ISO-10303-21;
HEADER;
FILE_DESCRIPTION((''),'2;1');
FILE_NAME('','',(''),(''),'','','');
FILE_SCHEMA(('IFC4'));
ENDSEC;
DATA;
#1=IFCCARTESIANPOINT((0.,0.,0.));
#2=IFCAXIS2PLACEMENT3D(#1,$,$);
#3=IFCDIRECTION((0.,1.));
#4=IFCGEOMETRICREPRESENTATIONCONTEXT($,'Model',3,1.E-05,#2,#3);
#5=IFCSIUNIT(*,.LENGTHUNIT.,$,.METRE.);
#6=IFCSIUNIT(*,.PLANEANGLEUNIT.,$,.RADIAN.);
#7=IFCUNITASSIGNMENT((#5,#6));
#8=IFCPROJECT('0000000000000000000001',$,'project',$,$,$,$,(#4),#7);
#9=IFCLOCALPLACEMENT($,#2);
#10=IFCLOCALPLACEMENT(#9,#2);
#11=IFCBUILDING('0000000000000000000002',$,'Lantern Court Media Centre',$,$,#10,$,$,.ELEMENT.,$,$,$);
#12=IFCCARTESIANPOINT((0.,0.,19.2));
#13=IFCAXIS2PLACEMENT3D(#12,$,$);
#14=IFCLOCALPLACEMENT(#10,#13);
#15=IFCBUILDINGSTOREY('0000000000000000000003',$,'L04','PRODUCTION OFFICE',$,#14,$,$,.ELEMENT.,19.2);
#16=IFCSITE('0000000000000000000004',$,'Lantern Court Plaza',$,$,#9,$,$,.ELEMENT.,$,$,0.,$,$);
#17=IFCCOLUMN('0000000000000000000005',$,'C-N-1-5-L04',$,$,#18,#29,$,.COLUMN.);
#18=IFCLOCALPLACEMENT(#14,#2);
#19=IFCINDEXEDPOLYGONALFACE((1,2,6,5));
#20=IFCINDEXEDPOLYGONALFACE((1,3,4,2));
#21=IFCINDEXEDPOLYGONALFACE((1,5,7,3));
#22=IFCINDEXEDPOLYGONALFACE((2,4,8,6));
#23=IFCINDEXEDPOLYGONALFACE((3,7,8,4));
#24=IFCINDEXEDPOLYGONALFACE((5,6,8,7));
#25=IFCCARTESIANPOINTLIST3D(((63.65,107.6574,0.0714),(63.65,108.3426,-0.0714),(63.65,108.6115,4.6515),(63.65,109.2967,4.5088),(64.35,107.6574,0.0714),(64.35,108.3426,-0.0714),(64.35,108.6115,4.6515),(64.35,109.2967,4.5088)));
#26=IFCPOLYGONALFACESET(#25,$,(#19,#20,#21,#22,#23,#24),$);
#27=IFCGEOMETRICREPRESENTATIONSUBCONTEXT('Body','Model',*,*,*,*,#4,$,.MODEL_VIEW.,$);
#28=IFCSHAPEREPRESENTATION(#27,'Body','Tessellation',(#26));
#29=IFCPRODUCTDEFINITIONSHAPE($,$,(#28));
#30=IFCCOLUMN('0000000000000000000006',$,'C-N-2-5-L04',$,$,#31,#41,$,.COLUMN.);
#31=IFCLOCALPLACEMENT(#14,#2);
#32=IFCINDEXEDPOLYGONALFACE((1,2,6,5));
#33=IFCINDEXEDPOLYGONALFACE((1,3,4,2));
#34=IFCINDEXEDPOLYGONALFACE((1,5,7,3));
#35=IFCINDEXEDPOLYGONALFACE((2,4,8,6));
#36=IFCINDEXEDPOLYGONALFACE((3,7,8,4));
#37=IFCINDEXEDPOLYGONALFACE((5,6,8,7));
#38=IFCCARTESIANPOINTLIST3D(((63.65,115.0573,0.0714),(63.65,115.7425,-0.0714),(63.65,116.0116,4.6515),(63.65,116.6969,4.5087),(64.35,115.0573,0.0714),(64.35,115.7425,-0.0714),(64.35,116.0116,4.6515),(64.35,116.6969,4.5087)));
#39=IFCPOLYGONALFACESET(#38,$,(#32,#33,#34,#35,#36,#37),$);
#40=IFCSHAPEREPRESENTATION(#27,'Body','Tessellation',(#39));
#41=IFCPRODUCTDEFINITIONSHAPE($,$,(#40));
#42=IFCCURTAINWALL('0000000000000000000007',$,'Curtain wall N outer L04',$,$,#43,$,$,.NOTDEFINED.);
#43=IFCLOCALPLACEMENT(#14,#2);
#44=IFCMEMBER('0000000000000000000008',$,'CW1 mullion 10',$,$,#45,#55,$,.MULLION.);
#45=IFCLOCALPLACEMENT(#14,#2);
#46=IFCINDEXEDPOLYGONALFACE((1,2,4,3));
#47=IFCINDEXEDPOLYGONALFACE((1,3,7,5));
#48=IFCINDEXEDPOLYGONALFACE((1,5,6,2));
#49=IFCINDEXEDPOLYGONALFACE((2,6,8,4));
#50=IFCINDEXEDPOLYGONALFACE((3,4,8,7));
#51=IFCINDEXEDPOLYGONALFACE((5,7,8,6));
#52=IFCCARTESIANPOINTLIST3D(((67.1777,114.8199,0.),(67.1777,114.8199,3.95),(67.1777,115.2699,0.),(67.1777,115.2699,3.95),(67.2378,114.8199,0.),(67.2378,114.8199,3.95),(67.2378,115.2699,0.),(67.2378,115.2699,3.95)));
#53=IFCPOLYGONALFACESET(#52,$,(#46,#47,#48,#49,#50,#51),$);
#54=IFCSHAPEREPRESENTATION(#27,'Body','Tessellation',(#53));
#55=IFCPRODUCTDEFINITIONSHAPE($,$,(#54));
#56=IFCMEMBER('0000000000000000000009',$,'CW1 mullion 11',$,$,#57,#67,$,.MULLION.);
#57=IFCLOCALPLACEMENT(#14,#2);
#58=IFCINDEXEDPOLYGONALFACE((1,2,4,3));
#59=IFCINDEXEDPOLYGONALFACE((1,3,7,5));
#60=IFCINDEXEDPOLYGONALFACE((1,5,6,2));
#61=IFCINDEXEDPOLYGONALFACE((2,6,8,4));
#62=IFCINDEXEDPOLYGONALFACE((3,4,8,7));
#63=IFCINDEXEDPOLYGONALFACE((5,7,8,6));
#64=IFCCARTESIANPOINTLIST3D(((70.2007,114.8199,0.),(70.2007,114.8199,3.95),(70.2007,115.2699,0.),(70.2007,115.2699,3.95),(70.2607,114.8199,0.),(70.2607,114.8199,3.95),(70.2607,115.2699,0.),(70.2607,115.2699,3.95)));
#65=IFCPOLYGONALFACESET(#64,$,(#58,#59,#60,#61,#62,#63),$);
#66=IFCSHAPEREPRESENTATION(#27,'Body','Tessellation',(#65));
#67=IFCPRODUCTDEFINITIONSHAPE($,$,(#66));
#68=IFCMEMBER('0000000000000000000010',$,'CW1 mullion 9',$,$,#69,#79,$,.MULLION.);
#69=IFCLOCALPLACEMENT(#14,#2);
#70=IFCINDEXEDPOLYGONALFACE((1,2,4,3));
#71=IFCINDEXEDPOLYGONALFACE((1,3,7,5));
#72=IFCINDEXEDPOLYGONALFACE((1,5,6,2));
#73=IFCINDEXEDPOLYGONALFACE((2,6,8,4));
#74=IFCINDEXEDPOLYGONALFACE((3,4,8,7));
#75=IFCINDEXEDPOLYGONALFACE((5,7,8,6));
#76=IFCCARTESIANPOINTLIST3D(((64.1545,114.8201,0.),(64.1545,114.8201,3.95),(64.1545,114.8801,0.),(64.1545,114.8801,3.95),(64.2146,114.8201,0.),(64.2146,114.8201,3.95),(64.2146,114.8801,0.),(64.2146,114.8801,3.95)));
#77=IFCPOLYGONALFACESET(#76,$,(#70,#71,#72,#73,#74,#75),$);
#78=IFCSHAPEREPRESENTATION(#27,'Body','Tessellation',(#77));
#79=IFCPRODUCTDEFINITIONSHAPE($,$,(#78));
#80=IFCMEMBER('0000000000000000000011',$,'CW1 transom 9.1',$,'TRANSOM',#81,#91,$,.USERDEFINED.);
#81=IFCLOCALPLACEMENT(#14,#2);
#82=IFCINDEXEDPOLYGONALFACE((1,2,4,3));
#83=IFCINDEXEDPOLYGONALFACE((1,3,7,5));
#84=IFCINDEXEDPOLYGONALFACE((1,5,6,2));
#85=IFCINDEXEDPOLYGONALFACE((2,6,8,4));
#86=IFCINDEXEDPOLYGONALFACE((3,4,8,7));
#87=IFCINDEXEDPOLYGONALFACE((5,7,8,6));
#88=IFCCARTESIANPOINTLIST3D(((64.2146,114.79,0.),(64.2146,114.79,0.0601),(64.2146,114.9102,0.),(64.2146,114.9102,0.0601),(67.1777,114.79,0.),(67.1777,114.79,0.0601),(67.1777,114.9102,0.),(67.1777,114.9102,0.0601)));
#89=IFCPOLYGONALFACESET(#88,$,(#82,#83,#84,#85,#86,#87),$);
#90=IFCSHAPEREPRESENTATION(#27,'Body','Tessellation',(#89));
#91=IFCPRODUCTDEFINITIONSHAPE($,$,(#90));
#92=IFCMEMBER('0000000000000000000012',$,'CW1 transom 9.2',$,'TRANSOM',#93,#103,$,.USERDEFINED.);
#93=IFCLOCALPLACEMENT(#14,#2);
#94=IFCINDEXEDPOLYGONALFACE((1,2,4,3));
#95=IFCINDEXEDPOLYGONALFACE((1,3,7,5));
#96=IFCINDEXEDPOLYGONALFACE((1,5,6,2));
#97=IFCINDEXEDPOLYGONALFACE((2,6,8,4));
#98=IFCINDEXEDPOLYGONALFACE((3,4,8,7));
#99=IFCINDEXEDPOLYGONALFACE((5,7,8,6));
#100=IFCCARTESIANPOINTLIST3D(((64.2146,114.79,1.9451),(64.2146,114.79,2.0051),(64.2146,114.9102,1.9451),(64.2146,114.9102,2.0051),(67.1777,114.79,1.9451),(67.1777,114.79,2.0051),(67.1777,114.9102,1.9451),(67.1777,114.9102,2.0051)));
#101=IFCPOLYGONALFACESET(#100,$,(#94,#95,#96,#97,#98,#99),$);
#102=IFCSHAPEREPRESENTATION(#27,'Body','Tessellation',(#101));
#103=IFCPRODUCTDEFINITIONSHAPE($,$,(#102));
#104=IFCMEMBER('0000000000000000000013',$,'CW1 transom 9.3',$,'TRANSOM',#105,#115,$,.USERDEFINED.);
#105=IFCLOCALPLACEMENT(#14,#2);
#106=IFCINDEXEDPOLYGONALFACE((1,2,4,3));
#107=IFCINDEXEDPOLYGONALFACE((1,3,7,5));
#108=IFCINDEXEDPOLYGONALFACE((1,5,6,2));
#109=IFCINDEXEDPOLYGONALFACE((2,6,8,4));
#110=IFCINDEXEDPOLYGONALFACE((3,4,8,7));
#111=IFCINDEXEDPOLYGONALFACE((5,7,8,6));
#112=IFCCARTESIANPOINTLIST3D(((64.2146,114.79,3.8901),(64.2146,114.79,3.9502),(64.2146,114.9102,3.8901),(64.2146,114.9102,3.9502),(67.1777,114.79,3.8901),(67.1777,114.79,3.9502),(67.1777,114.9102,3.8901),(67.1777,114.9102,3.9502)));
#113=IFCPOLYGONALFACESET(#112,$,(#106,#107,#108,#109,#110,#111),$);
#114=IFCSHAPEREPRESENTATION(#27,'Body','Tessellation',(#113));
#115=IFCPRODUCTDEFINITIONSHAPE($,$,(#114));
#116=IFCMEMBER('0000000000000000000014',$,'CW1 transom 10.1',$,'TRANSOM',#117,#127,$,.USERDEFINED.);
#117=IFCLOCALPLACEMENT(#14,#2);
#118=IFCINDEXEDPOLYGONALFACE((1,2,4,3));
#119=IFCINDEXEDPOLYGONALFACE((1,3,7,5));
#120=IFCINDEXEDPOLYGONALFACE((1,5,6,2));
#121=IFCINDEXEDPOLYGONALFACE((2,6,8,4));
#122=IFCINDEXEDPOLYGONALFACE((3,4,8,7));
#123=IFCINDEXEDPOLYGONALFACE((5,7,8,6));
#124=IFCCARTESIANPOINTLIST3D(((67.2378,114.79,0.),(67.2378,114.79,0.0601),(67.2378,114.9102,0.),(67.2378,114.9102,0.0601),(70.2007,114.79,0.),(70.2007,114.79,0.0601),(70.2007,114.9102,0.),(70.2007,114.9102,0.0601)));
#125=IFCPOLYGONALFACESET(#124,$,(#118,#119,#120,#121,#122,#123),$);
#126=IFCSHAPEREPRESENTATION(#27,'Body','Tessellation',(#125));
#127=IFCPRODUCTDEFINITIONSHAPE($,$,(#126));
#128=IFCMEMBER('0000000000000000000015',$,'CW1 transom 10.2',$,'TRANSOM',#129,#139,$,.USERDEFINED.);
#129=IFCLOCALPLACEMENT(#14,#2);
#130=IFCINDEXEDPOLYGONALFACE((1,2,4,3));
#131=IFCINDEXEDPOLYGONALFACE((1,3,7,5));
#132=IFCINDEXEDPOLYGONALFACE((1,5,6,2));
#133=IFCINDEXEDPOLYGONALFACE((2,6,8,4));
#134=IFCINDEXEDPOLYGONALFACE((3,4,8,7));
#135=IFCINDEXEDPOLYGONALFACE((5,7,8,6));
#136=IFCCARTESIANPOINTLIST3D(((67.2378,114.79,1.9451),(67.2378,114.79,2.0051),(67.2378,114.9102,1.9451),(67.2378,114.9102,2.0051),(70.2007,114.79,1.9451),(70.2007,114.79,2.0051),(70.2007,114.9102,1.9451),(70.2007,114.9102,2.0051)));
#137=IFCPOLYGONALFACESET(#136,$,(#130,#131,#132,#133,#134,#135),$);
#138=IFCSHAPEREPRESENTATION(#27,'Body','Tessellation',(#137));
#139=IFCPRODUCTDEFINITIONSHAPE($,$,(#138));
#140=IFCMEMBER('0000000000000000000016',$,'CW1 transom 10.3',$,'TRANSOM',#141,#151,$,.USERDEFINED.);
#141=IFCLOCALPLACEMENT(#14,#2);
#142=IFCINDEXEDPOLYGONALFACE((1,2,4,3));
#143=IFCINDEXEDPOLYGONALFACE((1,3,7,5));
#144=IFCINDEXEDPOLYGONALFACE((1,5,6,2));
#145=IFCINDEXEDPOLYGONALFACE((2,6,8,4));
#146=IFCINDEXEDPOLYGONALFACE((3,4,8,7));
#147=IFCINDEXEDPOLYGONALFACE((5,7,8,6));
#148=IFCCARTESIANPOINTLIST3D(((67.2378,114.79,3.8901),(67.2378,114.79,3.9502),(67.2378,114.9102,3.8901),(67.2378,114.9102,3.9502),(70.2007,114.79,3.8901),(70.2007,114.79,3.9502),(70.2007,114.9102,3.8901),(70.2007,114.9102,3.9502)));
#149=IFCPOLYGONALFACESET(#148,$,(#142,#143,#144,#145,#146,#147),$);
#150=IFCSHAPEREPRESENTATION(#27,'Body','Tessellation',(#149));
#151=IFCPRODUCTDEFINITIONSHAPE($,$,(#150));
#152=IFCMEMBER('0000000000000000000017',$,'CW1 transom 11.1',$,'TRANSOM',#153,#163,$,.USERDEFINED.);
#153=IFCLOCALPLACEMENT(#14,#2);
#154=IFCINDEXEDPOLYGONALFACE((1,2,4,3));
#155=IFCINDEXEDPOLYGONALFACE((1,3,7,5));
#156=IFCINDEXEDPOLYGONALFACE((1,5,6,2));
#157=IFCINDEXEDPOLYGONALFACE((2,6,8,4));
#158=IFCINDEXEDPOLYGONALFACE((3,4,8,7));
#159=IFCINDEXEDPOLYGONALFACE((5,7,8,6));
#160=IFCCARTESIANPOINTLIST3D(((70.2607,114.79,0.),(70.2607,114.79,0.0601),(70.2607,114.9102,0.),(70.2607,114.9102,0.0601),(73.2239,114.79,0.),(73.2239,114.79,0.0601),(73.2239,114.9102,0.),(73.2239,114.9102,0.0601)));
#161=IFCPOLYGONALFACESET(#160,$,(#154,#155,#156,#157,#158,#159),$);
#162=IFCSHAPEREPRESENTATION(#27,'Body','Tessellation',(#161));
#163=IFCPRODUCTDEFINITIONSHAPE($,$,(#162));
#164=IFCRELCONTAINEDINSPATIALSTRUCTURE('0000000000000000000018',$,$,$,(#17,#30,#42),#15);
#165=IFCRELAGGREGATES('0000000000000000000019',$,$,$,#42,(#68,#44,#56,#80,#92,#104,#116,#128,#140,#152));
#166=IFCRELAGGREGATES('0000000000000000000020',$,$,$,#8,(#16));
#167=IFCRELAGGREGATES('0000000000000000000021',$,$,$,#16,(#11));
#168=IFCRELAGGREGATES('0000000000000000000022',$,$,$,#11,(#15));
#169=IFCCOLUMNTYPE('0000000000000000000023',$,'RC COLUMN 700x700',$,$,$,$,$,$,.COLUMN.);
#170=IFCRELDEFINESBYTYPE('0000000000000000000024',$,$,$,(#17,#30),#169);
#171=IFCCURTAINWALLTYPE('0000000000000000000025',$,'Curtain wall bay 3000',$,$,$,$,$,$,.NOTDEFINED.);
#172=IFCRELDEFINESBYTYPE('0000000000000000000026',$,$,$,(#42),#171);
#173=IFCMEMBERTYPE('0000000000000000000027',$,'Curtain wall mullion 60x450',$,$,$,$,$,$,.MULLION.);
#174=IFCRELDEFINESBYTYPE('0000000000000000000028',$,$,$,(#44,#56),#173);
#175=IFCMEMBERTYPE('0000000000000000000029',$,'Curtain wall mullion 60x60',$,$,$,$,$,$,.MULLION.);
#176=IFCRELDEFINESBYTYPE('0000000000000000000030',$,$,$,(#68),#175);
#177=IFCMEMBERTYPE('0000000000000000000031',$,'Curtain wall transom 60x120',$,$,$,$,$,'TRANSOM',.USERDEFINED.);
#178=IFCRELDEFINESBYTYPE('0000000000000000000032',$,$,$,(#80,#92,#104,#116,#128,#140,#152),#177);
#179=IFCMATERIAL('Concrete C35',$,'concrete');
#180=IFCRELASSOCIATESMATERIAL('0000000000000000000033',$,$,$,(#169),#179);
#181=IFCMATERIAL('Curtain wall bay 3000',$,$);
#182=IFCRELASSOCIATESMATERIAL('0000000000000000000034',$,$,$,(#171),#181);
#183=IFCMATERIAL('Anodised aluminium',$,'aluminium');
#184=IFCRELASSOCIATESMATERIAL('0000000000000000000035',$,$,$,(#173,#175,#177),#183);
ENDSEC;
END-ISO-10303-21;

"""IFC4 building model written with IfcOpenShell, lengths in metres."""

from ifc_helpers import new_model, si_unit, direction, frame, origin, origin_2d, place, context, subcontext, project, spatial, rectangle, extrude, material, material_profile, profile_set, type_object, element, aggregate, save


model = new_model("IFC4")

# Units and contexts
model_context = context("Model", 3, precision=1e-05, world=origin(), true_north=direction((0.0, 1.0)))
body_context = subcontext(model_context, "Body", "Model", "MODEL_VIEW")
ifc_project = project(units=[si_unit("LENGTHUNIT", "METRE"), si_unit("PLANEANGLEUNIT", "RADIAN")], contexts=[model_context])

# Site, building, storey
site_placement = place(None, origin())
site = spatial("IfcSite", under=ifc_project, at=site_placement, Name="Lantern Court Plaza", CompositionType="ELEMENT", RefElevation=0.0)
building_placement = place(site_placement, origin())
building = spatial("IfcBuilding", under=site, at=building_placement, Name="Lantern Court Media Centre", CompositionType="ELEMENT")
storey_placement = place(building_placement, frame((0.0, 0.0, 19.2)))
storey = spatial("IfcBuildingStorey", under=building, at=storey_placement, Name="L04", Description="PRODUCTION OFFICE", CompositionType="ELEMENT", Elevation=19.2)

# Columns
ifc_material_1 = material(Name="Concrete C35", Category="concrete")
ifc_material_profile_1 = material_profile(ifc_material_1, rectangle(XDim=0.7, YDim=0.7, at=origin_2d()), Name="RC 700x700")
ifc_profile_set_1 = profile_set([ifc_material_profile_1], Name="Concrete C35")
column_type = type_object("IfcColumnType", Name="RC COLUMN 700x700", PredefinedType="COLUMN", material=ifc_profile_set_1)
for number, where, z_axis, x_axis, name in (
    (1, (64.0, 108.0, 0.0), (0.0, 0.203938, 0.978984), (-1.0, 0.0, 0.0), "C-N-1-5-L04"),
    (2, (64.0, 115.3999, 0.0), (0.0, 0.203988, 0.978973), (-1.0, 0.0, 0.0), "C-N-2-5-L04"),
):
    element("IfcColumn", number, at=place(storey_placement, frame(where, z_axis=z_axis, x_axis=x_axis)), inside=storey, type_object=column_type, Name=name, PredefinedType="COLUMN", context=body_context, shape_type="SweptSolid", body=[
        extrude(rectangle(XDim=0.7, YDim=0.7, at=origin_2d()), origin(), (0.0, 0.0, 1.0), 4.6785),
    ])

# Curtain wall, members
ifc_material_2 = material(Name="Curtain wall bay 3000")
curtain_wall_type = type_object("IfcCurtainWallType", Name="Curtain wall bay 3000", PredefinedType="NOTDEFINED", material=ifc_material_2)
curtain_wall_placement = place(storey_placement, origin())
curtain_wall = element("IfcCurtainWall", 3, at=curtain_wall_placement, inside=storey, type_object=curtain_wall_type, Name="Curtain wall N outer L04", PredefinedType="NOTDEFINED")
ifc_material_3 = material(Name="Anodised aluminium", Category="aluminium")
ifc_material_profile_2 = material_profile(ifc_material_3, rectangle(XDim=0.45, YDim=0.0601, at=origin_2d()), Name="AL 60x450")
ifc_profile_set_2 = profile_set([ifc_material_profile_2], Name="Anodised aluminium")
member_type_1 = type_object("IfcMemberType", Name="Curtain wall mullion 60x450", PredefinedType="MULLION", material=ifc_profile_set_2)
member_1_placement = place(storey_placement, frame((67.2078, 115.0449, 0.0), z_axis=(0.0, 0.0, 1.0), x_axis=(0.0, 1.0, 0.0)))
member_1 = element("IfcMember", 4, at=member_1_placement, type_object=member_type_1, Name="CW1 mullion 10", PredefinedType="MULLION", context=body_context, shape_type="SweptSolid", body=[
    extrude(rectangle(XDim=0.45, YDim=0.0601, at=origin_2d()), origin(), (0.0, 0.0, 1.0), 3.95),
])
member_2_placement = place(storey_placement, frame((70.2307, 115.0449, 0.0), z_axis=(0.0, 0.0, 1.0), x_axis=(0.0, 1.0, 0.0)))
member_2 = element("IfcMember", 5, at=member_2_placement, type_object=member_type_1, Name="CW1 mullion 11", PredefinedType="MULLION", context=body_context, shape_type="SweptSolid", body=[
    extrude(rectangle(XDim=0.45, YDim=0.0601, at=origin_2d()), origin(), (0.0, 0.0, 1.0), 3.95),
])
ifc_material_profile_3 = material_profile(ifc_material_3, rectangle(XDim=0.0601, YDim=0.0601, at=origin_2d()), Name="AL 60x60")
ifc_profile_set_3 = profile_set([ifc_material_profile_3], Name="Anodised aluminium")
member_type_2 = type_object("IfcMemberType", Name="Curtain wall mullion 60x60", PredefinedType="MULLION", material=ifc_profile_set_3)
member_3_placement = place(storey_placement, frame((64.1846, 114.8501, 0.0), z_axis=(0.0, 0.0, 1.0), x_axis=(0.0, 1.0, 0.0)))
member_3 = element("IfcMember", 6, at=member_3_placement, type_object=member_type_2, Name="CW1 mullion 9", PredefinedType="MULLION", context=body_context, shape_type="SweptSolid", body=[
    extrude(rectangle(XDim=0.0601, YDim=0.0601, at=origin_2d()), origin(), (0.0, 0.0, 1.0), 3.95),
])
ifc_material_profile_4 = material_profile(ifc_material_3, rectangle(XDim=0.1201, YDim=0.0601, at=origin_2d()), Name="AL 60x120")
ifc_profile_set_4 = profile_set([ifc_material_profile_4], Name="Anodised aluminium")
member_type_3 = type_object("IfcMemberType", Name="Curtain wall transom 60x120", ElementType="TRANSOM", PredefinedType="USERDEFINED", material=ifc_profile_set_4)
member_4_placement = place(storey_placement, frame((64.2146, 114.8501, 0.03), z_axis=(1.0, 0.0, 0.0), x_axis=(0.0, 1.0, 0.0)))
member_4 = element("IfcMember", 7, at=member_4_placement, type_object=member_type_3, Name="CW1 transom 9.1", ObjectType="TRANSOM", PredefinedType="USERDEFINED", context=body_context, shape_type="SweptSolid", body=[
    extrude(rectangle(XDim=0.1201, YDim=0.0601, at=origin_2d()), origin(), (0.0, 0.0, 1.0), 2.9631),
])
member_5_placement = place(storey_placement, frame((64.2146, 114.8501, 1.9751), z_axis=(1.0, 0.0, 0.0), x_axis=(0.0, 1.0, 0.0)))
member_5 = element("IfcMember", 8, at=member_5_placement, type_object=member_type_3, Name="CW1 transom 9.2", ObjectType="TRANSOM", PredefinedType="USERDEFINED", context=body_context, shape_type="SweptSolid", body=[
    extrude(rectangle(XDim=0.1201, YDim=0.0601, at=origin_2d()), origin(), (0.0, 0.0, 1.0), 2.9631),
])
member_6_placement = place(storey_placement, frame((64.2146, 114.8501, 3.9202), z_axis=(1.0, 0.0, 0.0), x_axis=(0.0, 1.0, 0.0)))
member_6 = element("IfcMember", 9, at=member_6_placement, type_object=member_type_3, Name="CW1 transom 9.3", ObjectType="TRANSOM", PredefinedType="USERDEFINED", context=body_context, shape_type="SweptSolid", body=[
    extrude(rectangle(XDim=0.1201, YDim=0.0601, at=origin_2d()), origin(), (0.0, 0.0, 1.0), 2.9631),
])
member_7_placement = place(storey_placement, frame((67.2378, 114.8501, 0.03), z_axis=(1.0, 0.0, 0.0), x_axis=(0.0, 1.0, 0.0)))
member_7 = element("IfcMember", 10, at=member_7_placement, type_object=member_type_3, Name="CW1 transom 10.1", ObjectType="TRANSOM", PredefinedType="USERDEFINED", context=body_context, shape_type="SweptSolid", body=[
    extrude(rectangle(XDim=0.1201, YDim=0.0601, at=origin_2d()), origin(), (0.0, 0.0, 1.0), 2.9629),
])
member_8_placement = place(storey_placement, frame((67.2378, 114.8501, 1.9751), z_axis=(1.0, 0.0, 0.0), x_axis=(0.0, 1.0, 0.0)))
member_8 = element("IfcMember", 11, at=member_8_placement, type_object=member_type_3, Name="CW1 transom 10.2", ObjectType="TRANSOM", PredefinedType="USERDEFINED", context=body_context, shape_type="SweptSolid", body=[
    extrude(rectangle(XDim=0.1201, YDim=0.0601, at=origin_2d()), origin(), (0.0, 0.0, 1.0), 2.9629),
])
member_9_placement = place(storey_placement, frame((67.2378, 114.8501, 3.9202), z_axis=(1.0, 0.0, 0.0), x_axis=(0.0, 1.0, 0.0)))
member_9 = element("IfcMember", 12, at=member_9_placement, type_object=member_type_3, Name="CW1 transom 10.3", ObjectType="TRANSOM", PredefinedType="USERDEFINED", context=body_context, shape_type="SweptSolid", body=[
    extrude(rectangle(XDim=0.1201, YDim=0.0601, at=origin_2d()), origin(), (0.0, 0.0, 1.0), 2.9629),
])
member_10_placement = place(storey_placement, frame((70.2607, 114.8501, 0.03), z_axis=(1.0, 0.0, 0.0), x_axis=(0.0, 1.0, 0.0)))
member_10 = element("IfcMember", 13, at=member_10_placement, type_object=member_type_3, Name="CW1 transom 11.1", ObjectType="TRANSOM", PredefinedType="USERDEFINED", context=body_context, shape_type="SweptSolid", body=[
    extrude(rectangle(XDim=0.1201, YDim=0.0601, at=origin_2d()), origin(), (0.0, 0.0, 1.0), 2.9631),
])

aggregate(curtain_wall, [member_3, member_1, member_2, member_4, member_5, member_6, member_7, member_8, member_9, member_10])

save(model, "model.ifc")
